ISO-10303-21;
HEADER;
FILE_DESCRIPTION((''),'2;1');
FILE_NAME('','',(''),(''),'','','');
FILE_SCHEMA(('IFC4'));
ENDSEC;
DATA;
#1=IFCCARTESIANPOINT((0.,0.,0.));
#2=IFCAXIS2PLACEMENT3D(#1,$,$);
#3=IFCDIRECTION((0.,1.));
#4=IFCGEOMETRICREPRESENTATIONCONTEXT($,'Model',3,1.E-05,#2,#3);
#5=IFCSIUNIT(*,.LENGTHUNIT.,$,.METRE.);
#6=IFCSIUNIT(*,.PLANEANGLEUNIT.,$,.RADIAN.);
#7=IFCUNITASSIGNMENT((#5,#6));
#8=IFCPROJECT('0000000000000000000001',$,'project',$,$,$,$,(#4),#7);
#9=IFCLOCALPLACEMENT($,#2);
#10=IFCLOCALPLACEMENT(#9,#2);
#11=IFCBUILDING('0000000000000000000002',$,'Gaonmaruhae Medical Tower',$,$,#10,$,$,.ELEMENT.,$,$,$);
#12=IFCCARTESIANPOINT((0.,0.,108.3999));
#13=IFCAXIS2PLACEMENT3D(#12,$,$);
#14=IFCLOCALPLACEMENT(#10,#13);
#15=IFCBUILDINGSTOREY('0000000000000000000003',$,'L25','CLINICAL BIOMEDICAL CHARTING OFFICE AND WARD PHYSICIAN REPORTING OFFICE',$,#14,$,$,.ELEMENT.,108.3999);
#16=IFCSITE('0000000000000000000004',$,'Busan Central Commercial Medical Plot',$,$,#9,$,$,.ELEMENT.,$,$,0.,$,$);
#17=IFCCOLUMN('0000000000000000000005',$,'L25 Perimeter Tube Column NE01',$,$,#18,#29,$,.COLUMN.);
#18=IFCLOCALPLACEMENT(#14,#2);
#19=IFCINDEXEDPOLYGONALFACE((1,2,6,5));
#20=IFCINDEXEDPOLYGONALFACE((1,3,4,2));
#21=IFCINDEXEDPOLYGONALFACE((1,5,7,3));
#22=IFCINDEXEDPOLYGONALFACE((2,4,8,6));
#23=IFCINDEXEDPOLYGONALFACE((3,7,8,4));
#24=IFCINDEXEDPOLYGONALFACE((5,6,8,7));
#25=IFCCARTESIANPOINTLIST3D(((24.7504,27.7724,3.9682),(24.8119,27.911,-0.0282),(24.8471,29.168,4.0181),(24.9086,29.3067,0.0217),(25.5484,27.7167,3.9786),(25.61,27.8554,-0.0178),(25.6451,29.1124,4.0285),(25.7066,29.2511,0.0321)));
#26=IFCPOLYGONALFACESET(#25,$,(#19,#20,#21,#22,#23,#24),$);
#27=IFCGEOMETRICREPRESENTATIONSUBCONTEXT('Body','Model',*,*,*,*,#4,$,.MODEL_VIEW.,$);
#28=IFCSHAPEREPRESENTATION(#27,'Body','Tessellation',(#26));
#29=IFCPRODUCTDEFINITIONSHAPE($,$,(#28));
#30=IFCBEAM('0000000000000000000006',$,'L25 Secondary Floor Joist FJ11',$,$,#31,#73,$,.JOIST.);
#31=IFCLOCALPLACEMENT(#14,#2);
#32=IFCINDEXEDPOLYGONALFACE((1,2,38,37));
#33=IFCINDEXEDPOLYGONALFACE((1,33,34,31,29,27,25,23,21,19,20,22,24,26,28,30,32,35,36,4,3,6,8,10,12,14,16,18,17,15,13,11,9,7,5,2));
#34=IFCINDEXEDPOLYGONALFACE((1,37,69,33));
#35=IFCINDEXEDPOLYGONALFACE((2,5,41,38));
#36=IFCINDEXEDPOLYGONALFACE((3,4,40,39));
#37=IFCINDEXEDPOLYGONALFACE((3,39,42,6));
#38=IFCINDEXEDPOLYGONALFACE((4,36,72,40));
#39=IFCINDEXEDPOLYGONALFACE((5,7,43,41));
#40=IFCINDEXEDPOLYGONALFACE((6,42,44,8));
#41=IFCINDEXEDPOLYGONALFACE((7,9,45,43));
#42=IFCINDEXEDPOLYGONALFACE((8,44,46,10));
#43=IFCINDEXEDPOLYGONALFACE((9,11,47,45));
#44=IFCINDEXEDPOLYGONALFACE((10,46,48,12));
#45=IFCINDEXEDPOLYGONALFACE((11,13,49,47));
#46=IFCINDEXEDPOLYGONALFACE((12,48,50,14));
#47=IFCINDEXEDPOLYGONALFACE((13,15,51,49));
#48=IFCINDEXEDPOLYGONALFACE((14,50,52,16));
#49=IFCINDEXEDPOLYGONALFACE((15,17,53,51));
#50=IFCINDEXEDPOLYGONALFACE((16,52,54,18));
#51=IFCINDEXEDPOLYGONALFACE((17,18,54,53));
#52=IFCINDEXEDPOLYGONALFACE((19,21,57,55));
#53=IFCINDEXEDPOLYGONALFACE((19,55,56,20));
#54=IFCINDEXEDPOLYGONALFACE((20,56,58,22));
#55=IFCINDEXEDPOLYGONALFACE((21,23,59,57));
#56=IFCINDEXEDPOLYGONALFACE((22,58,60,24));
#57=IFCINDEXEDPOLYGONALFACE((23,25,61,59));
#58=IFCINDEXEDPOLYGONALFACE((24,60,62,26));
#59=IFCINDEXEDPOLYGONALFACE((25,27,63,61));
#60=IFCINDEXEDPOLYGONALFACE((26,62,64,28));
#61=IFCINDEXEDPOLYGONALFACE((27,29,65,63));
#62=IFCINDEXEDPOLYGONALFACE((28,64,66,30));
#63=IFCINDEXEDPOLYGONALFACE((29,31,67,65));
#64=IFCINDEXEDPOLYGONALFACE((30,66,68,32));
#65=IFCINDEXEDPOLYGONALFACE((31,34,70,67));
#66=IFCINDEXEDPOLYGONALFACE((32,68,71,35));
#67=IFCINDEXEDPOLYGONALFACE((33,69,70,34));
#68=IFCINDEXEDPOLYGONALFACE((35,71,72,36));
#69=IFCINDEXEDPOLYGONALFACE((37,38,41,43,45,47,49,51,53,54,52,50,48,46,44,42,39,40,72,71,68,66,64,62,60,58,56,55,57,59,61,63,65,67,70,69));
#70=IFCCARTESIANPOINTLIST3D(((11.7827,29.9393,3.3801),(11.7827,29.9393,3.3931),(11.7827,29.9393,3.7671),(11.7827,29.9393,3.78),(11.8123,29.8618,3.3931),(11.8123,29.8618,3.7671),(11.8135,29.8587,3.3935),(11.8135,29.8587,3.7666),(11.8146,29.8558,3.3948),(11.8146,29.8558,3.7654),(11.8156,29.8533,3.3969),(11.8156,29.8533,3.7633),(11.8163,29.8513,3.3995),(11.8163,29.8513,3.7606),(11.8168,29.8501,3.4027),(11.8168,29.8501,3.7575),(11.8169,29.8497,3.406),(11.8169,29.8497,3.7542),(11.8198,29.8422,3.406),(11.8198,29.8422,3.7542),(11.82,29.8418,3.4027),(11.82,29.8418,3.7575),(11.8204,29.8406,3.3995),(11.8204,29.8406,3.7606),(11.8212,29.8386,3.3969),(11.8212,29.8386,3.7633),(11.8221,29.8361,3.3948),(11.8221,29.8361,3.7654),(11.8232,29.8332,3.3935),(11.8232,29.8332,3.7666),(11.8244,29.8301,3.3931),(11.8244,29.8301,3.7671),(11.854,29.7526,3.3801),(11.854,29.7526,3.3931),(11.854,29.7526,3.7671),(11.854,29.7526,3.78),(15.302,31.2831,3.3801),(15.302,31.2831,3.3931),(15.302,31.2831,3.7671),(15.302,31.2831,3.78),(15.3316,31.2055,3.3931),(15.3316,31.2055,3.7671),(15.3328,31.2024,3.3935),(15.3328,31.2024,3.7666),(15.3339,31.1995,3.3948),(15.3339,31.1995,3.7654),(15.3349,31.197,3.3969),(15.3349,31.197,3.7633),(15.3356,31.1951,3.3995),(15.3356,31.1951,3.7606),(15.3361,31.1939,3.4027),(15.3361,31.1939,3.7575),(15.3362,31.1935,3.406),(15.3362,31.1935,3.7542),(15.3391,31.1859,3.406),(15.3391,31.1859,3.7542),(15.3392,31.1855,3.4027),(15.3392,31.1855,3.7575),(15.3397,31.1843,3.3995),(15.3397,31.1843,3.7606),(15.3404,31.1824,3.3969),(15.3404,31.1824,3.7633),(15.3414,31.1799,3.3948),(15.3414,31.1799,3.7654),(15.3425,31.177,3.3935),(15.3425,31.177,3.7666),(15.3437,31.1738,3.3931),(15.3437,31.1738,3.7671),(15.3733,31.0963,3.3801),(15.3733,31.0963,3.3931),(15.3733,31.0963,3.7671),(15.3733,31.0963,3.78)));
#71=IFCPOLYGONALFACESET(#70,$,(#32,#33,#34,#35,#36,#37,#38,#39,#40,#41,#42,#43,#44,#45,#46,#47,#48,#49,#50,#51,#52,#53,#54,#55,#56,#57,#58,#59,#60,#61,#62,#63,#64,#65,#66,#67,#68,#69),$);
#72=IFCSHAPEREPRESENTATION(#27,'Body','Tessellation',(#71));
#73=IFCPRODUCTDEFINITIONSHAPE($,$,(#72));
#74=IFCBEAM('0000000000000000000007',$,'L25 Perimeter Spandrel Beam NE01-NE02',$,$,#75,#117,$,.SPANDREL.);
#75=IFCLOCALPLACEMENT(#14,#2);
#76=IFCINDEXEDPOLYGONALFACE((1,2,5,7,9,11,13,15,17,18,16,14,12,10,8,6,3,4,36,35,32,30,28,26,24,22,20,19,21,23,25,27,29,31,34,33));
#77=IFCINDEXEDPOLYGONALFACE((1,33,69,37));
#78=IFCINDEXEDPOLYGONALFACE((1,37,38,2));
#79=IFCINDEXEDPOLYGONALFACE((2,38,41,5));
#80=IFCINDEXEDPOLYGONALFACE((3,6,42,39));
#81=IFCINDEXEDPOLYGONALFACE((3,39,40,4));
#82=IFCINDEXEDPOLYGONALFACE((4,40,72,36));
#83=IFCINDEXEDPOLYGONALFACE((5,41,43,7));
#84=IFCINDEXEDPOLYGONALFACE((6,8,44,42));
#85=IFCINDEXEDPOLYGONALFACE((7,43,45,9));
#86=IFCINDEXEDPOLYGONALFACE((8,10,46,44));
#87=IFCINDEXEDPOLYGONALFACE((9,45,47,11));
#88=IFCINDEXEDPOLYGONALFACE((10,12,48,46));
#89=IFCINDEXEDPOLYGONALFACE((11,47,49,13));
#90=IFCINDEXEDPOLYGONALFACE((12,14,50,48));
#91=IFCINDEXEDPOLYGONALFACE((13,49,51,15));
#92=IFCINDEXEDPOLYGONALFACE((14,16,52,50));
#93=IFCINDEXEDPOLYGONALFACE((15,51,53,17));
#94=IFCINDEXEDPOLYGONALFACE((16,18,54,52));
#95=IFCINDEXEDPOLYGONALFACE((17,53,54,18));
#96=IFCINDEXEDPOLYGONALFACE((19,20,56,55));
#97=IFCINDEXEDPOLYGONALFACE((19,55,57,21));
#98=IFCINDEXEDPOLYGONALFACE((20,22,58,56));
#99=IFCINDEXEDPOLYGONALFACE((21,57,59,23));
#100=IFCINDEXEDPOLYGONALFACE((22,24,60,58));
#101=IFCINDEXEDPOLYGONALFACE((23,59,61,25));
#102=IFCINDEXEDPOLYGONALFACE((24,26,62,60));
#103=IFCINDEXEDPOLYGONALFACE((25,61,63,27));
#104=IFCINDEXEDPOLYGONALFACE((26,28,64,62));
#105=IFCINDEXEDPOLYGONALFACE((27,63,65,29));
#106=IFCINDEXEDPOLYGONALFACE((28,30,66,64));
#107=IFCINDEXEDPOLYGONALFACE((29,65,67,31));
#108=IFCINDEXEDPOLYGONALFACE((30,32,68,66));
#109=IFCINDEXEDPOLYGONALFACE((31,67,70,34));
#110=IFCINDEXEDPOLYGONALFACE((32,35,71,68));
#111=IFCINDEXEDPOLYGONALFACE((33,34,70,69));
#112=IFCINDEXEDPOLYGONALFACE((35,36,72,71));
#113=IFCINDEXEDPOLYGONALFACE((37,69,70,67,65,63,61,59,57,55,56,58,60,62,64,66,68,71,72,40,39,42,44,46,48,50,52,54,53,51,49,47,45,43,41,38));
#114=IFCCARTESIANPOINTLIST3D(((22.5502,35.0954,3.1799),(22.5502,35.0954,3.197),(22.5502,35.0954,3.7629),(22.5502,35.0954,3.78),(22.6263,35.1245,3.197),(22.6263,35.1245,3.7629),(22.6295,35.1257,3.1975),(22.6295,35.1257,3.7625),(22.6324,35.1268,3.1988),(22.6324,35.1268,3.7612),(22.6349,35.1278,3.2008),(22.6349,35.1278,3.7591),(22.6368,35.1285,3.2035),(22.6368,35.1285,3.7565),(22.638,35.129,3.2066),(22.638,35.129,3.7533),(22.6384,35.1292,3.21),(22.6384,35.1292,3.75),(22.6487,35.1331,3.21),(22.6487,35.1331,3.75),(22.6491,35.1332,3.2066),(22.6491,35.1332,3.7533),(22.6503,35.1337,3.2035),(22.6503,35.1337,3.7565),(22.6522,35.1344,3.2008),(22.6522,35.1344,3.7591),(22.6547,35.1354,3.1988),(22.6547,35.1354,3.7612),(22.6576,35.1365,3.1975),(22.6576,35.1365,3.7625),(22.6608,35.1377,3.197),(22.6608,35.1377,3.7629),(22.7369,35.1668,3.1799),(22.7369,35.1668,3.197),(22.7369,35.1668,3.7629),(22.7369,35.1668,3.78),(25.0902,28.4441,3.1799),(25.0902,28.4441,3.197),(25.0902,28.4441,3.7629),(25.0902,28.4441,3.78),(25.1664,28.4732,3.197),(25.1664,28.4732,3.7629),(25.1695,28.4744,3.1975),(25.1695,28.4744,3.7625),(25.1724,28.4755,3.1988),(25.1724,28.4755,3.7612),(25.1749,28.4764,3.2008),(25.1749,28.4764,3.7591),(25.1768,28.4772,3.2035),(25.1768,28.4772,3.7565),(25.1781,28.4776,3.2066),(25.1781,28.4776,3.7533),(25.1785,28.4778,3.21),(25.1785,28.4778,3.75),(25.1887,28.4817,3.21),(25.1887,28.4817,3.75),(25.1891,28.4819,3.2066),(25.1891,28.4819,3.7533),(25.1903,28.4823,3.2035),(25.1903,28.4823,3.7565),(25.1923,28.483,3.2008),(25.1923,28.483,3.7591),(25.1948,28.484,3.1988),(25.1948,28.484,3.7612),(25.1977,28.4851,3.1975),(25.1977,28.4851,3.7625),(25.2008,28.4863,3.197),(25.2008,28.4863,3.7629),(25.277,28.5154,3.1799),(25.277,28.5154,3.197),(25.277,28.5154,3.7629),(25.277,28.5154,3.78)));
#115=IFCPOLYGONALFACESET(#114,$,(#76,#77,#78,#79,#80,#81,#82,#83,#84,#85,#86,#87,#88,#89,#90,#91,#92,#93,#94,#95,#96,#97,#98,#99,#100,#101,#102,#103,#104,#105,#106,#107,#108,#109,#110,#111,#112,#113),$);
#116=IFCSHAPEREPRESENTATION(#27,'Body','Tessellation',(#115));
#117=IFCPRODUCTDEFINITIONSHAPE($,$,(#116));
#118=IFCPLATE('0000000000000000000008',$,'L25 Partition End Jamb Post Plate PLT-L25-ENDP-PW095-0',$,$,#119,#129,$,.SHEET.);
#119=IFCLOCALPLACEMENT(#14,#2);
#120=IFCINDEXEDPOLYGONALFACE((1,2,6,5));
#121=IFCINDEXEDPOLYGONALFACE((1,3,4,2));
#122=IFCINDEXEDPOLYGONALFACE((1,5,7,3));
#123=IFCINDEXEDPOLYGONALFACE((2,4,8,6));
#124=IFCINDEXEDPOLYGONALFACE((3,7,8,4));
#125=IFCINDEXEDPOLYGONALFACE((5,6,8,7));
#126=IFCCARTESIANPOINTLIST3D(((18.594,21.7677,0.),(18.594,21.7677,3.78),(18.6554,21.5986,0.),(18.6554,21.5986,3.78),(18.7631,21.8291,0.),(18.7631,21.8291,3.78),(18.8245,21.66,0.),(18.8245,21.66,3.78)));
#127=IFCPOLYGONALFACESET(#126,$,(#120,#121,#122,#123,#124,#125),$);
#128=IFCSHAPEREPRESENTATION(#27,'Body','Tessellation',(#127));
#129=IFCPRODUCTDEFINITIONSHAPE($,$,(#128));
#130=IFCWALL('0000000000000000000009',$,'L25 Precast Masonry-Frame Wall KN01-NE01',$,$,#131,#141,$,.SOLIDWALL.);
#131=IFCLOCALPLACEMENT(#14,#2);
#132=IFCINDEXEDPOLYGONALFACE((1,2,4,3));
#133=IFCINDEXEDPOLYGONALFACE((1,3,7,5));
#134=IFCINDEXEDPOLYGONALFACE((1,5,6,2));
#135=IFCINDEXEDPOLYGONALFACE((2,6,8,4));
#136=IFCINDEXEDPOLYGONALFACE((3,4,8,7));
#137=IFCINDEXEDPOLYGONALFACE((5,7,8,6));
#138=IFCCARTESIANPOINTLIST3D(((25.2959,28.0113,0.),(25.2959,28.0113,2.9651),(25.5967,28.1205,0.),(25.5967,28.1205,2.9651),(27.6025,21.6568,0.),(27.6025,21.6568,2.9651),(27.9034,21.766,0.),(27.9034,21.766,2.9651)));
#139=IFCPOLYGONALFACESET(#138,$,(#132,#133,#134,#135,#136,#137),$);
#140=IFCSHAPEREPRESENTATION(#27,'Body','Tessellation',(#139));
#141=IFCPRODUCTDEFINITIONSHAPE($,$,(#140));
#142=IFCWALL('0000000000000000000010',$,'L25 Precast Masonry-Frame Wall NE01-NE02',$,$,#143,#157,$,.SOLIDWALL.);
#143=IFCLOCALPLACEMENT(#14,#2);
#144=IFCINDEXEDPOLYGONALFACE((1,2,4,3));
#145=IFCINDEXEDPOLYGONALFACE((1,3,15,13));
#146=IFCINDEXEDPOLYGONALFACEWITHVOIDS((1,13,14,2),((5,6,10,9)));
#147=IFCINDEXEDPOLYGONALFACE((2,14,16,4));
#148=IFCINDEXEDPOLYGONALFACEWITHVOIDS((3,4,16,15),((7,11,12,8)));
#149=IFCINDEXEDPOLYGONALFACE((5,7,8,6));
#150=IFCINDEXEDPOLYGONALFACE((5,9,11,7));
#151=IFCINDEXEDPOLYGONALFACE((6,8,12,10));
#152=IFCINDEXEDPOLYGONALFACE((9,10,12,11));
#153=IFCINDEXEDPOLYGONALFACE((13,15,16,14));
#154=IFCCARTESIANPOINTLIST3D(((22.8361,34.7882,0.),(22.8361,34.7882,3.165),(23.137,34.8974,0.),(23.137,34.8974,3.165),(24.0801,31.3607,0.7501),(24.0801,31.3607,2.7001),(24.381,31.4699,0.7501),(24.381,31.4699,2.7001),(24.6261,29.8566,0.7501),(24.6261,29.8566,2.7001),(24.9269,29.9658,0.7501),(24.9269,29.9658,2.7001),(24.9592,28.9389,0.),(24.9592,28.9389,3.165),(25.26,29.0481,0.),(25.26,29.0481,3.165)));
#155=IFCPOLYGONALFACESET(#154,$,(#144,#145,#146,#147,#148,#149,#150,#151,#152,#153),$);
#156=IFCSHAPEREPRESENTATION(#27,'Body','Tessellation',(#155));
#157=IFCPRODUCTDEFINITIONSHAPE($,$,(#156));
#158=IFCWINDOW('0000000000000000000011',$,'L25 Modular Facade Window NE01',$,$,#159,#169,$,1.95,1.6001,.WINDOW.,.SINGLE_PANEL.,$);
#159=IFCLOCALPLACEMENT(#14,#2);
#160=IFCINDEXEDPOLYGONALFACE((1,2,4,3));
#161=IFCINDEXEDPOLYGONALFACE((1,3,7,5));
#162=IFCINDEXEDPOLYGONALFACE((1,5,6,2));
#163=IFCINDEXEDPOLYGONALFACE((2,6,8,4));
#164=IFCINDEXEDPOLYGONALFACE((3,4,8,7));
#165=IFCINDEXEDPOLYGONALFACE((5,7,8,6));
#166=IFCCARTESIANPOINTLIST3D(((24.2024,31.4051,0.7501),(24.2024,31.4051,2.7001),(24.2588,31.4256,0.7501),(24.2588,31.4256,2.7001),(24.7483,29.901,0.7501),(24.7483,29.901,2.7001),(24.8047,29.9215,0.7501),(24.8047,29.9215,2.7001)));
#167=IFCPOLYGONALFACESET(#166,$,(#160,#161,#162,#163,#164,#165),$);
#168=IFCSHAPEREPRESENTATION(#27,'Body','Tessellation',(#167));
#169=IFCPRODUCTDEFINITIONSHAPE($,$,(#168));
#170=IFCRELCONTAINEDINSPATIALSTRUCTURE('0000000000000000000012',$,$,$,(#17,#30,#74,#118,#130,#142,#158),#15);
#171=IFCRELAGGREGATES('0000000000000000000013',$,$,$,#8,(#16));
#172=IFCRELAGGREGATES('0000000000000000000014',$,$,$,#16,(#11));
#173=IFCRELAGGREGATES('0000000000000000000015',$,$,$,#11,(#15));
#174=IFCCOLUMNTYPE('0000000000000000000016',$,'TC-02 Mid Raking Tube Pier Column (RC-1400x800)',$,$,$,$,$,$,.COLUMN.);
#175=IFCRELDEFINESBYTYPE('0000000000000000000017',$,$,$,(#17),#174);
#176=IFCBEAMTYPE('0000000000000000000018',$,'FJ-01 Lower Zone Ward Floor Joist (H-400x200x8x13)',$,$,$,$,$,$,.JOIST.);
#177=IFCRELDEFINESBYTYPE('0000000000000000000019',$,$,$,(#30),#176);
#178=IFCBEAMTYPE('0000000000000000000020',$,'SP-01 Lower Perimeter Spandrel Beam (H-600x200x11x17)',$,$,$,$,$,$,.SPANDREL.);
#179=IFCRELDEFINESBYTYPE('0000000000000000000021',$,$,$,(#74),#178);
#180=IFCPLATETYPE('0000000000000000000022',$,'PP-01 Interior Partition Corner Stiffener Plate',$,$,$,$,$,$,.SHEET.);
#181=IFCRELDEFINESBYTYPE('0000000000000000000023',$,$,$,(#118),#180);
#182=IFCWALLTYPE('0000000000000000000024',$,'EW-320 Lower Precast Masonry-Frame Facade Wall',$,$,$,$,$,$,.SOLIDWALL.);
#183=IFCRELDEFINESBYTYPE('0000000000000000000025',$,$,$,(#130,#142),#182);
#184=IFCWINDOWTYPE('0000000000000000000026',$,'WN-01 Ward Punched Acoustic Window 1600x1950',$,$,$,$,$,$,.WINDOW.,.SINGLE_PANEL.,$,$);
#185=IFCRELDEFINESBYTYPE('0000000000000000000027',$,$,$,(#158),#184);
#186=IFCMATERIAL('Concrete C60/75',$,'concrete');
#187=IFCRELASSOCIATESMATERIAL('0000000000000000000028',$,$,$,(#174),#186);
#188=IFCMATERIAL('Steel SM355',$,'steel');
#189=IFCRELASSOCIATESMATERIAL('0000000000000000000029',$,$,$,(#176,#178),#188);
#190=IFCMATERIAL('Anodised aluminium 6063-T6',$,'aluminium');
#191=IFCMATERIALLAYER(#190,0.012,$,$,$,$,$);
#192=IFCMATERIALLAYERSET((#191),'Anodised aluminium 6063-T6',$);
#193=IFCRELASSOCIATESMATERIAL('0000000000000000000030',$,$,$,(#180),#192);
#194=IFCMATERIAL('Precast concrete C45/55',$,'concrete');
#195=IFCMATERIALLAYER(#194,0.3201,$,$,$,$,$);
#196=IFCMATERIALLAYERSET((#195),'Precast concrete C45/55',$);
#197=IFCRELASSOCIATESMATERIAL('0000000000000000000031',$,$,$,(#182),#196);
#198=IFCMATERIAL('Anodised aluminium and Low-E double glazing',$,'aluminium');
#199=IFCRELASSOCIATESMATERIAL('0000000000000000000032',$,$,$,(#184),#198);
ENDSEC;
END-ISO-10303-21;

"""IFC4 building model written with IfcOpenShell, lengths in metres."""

from ifc_helpers import new_model, si_unit, direction, frame, frame_2d, origin, origin_2d, place, context, subcontext, project, spatial, rectangle, i_section, extrude, material, layer, layer_set, material_profile, profile_set, type_object, element, fill, save


model = new_model("IFC4")

# Units and contexts
model_context = context("Model", 3, precision=1e-05, world=origin(), true_north=direction((0.0, 1.0)))
body_context = subcontext(model_context, "Body", "Model", "MODEL_VIEW")
ifc_project = project(units=[si_unit("LENGTHUNIT", "METRE"), si_unit("PLANEANGLEUNIT", "RADIAN")], contexts=[model_context])

# Site, building, storey
site_placement = place(None, origin())
site = spatial("IfcSite", under=ifc_project, at=site_placement, Name="Busan Central Commercial Medical Plot", CompositionType="ELEMENT", RefElevation=0.0)
building_placement = place(site_placement, origin())
building = spatial("IfcBuilding", under=site, at=building_placement, Name="Gaonmaruhae Medical Tower", CompositionType="ELEMENT")
storey_placement = place(building_placement, frame((0.0, 0.0, 108.3999)))
storey = spatial("IfcBuildingStorey", under=building, at=storey_placement, Name="L25", Description="CLINICAL BIOMEDICAL CHARTING OFFICE AND WARD PHYSICIAN REPORTING OFFICE", CompositionType="ELEMENT", Elevation=108.3999)

# Column
ifc_material_1 = material(Name="Concrete C60/75", Category="concrete")
ifc_material_profile_1 = material_profile(ifc_material_1, rectangle(XDim=1.3999, YDim=0.8, at=origin_2d()), Name="RC-1400x800")
ifc_profile_set_1 = profile_set([ifc_material_profile_1], Name="Concrete C60/75")
column_type = type_object("IfcColumnType", Name="TC-02 Mid Raking Tube Pier Column (RC-1400x800)", PredefinedType="COLUMN", material=ifc_profile_set_1)
column_placement = place(storey_placement, frame((25.2593, 28.5811, 0.002), z_axis=(-0.015384, -0.034675, 0.99928), x_axis=(0.069048, 0.996976, 0.035658)))
element("IfcColumn", 1, at=column_placement, inside=storey, type_object=column_type, Name="L25 Perimeter Tube Column NE01", PredefinedType="COLUMN", context=body_context, shape_type="SweptSolid", body=[
    extrude(rectangle(XDim=1.3999, YDim=0.8, at=origin_2d()), origin(), (0.0, 0.0, 1.0), 3.9993),
])

# Beams
ifc_material_2 = material(Name="Steel SM355", Category="steel")
ifc_material_profile_2 = material_profile(ifc_material_2, i_section(OverallWidth=0.2, OverallDepth=0.3999, WebThickness=0.0081, FlangeThickness=0.0129, FilletRadius=0.0129, at=origin_2d()), Name="H-400x200x8x13")
ifc_profile_set_2 = profile_set([ifc_material_profile_2], Name="Steel SM355")
beam_type_1 = type_object("IfcBeamType", Name="FJ-01 Lower Zone Ward Floor Joist (H-400x200x8x13)", PredefinedType="JOIST", material=ifc_profile_set_2)
beam_1_placement = place(storey_placement, frame((15.3376, 31.1897, 3.5801), z_axis=(-0.934216, -0.356707, 0.0), x_axis=(0.356707, -0.934216, 0.0)))
element("IfcBeam", 2, at=beam_1_placement, inside=storey, type_object=beam_type_1, Name="L25 Secondary Floor Joist FJ11", PredefinedType="JOIST", context=body_context, shape_type="SweptSolid", body=[
    extrude(i_section(OverallWidth=0.2, OverallDepth=0.3999, WebThickness=0.0081, FlangeThickness=0.0129, FilletRadius=0.0129, at=origin_2d()), origin(), (0.0, 0.0, 1.0), 3.7671),
])
ifc_material_profile_3 = material_profile(ifc_material_2, i_section(OverallWidth=0.2, OverallDepth=0.6001, WebThickness=0.011, FlangeThickness=0.0171, FilletRadius=0.0129, at=origin_2d()), Name="H-600x200x11x17")
ifc_profile_set_3 = profile_set([ifc_material_profile_3], Name="Steel SM355")
beam_type_2 = type_object("IfcBeamType", Name="SP-01 Lower Perimeter Spandrel Beam (H-600x200x11x17)", PredefinedType="SPANDREL", material=ifc_profile_set_3)
beam_2_placement = place(storey_placement, frame((25.1836, 28.4797, 3.48), z_axis=(-0.356754, 0.934198, 0.0), x_axis=(-0.934198, -0.356754, 0.0)))
element("IfcBeam", 3, at=beam_2_placement, inside=storey, type_object=beam_type_2, Name="L25 Perimeter Spandrel Beam NE01-NE02", PredefinedType="SPANDREL", context=body_context, shape_type="SweptSolid", body=[
    extrude(i_section(OverallWidth=0.2, OverallDepth=0.6001, WebThickness=0.011, FlangeThickness=0.0171, FilletRadius=0.0129, at=origin_2d()), origin(), (0.0, 0.0, 1.0), 7.1199),
])

# Plate
ifc_material_3 = material(Name="Anodised aluminium 6063-T6", Category="aluminium")
ifc_layer_1 = layer(ifc_material_3, 0.012)
ifc_layer_set_1 = layer_set([ifc_layer_1], Name="Anodised aluminium 6063-T6")
plate_type = type_object("IfcPlateType", Name="PP-01 Interior Partition Corner Stiffener Plate", PredefinedType="SHEET", material=ifc_layer_set_1)
plate_placement = place(storey_placement, frame((18.7092, 21.7139, 0.0), z_axis=(0.0, 0.0, 1.0), x_axis=(-0.341216, 0.939985, 0.0)))
element("IfcPlate", 4, at=plate_placement, inside=storey, type_object=plate_type, Name="L25 Partition End Jamb Post Plate PLT-L25-ENDP-PW095-0", PredefinedType="SHEET", context=body_context, shape_type="SweptSolid", body=[
    extrude(rectangle(XDim=0.1799, YDim=0.1799, at=origin_2d()), origin(), (0.0, 0.0, 1.0), 3.78),
])

# Wall
ifc_material_4 = material(Name="Precast concrete C45/55", Category="concrete")
ifc_layer_2 = layer(ifc_material_4, 0.3201)
ifc_layer_set_2 = layer_set([ifc_layer_2], Name="Precast concrete C45/55")
wall_type_1 = type_object("IfcWallType", Name="EW-320 Lower Precast Masonry-Frame Facade Wall", PredefinedType="SOLIDWALL", material=ifc_layer_set_2)
wall_1_placement = place(storey_placement, frame((25.4463, 28.0659, 0.0), z_axis=(0.0, 0.0, 1.0), x_axis=(0.341209, -0.939987, 0.0)))
element("IfcWall", 5, at=wall_1_placement, inside=storey, type_object=wall_type_1, Name="L25 Precast Masonry-Frame Wall KN01-NE01", PredefinedType="SOLIDWALL", context=body_context, shape_type="SweptSolid", body=[
    extrude(rectangle(XDim=6.7603, YDim=0.3201, at=frame_2d((3.3801, 0.0))), origin(), (0.0, 0.0, 1.0), 2.9651),
])

# Wall, opening, window
wall_2_placement = place(storey_placement, frame((22.9866, 34.8428, 0.0), z_axis=(0.0, 0.0, 1.0), x_axis=(0.341176, -0.939999, 0.0)))
wall_2 = element("IfcWall", 6, at=wall_2_placement, inside=storey, type_object=wall_type_1, Name="L25 Precast Masonry-Frame Wall NE01-NE02", PredefinedType="SOLIDWALL", context=body_context, shape_type="SweptSolid", body=[
    extrude(rectangle(XDim=6.2227, YDim=0.3201, at=frame_2d((3.1113, 0.0))), origin(), (0.0, 0.0, 1.0), 3.165),
])
opening_1_placement = place(wall_2_placement, frame((3.6462, 0.0, 0.75)))
opening_1 = element("IfcOpeningElement", 7, at=opening_1_placement, cuts=wall_2, PredefinedType="OPENING", context=body_context, shape_type="SweptSolid", body=[
    extrude(rectangle(XDim=1.6001, YDim=1.95, at=frame_2d((0.8, 0.9751))), frame((0.0, 0.1699, 0.0), z_axis=(0.0, -1.0, 0.0), x_axis=(1.0, 0.0, 0.0)), (0.0, 0.0, 1.0), 0.3401),
])
ifc_material_5 = material(Name="Anodised aluminium and Low-E double glazing", Category="aluminium")
window_type = type_object("IfcWindowType", Name="WN-01 Ward Punched Acoustic Window 1600x1950", PartitioningType="SINGLE_PANEL", PredefinedType="WINDOW", material=ifc_material_5)
window_placement = place(opening_1_placement, origin())
window = element("IfcWindow", 8, at=window_placement, inside=storey, type_object=window_type, Name="L25 Modular Facade Window NE01", OverallHeight=1.95, OverallWidth=1.6001, PartitioningType="SINGLE_PANEL", PredefinedType="WINDOW", context=body_context, shape_type="SweptSolid", body=[
    extrude(rectangle(XDim=1.6001, YDim=1.95, at=frame_2d((0.8, 0.9751))), frame((0.0, 0.03, 0.0), z_axis=(0.0, -1.0, 0.0), x_axis=(1.0, 0.0, 0.0)), (0.0, 0.0, 1.0), 0.0601),
])
fill(opening_1, window)

save(model, "model.ifc")
